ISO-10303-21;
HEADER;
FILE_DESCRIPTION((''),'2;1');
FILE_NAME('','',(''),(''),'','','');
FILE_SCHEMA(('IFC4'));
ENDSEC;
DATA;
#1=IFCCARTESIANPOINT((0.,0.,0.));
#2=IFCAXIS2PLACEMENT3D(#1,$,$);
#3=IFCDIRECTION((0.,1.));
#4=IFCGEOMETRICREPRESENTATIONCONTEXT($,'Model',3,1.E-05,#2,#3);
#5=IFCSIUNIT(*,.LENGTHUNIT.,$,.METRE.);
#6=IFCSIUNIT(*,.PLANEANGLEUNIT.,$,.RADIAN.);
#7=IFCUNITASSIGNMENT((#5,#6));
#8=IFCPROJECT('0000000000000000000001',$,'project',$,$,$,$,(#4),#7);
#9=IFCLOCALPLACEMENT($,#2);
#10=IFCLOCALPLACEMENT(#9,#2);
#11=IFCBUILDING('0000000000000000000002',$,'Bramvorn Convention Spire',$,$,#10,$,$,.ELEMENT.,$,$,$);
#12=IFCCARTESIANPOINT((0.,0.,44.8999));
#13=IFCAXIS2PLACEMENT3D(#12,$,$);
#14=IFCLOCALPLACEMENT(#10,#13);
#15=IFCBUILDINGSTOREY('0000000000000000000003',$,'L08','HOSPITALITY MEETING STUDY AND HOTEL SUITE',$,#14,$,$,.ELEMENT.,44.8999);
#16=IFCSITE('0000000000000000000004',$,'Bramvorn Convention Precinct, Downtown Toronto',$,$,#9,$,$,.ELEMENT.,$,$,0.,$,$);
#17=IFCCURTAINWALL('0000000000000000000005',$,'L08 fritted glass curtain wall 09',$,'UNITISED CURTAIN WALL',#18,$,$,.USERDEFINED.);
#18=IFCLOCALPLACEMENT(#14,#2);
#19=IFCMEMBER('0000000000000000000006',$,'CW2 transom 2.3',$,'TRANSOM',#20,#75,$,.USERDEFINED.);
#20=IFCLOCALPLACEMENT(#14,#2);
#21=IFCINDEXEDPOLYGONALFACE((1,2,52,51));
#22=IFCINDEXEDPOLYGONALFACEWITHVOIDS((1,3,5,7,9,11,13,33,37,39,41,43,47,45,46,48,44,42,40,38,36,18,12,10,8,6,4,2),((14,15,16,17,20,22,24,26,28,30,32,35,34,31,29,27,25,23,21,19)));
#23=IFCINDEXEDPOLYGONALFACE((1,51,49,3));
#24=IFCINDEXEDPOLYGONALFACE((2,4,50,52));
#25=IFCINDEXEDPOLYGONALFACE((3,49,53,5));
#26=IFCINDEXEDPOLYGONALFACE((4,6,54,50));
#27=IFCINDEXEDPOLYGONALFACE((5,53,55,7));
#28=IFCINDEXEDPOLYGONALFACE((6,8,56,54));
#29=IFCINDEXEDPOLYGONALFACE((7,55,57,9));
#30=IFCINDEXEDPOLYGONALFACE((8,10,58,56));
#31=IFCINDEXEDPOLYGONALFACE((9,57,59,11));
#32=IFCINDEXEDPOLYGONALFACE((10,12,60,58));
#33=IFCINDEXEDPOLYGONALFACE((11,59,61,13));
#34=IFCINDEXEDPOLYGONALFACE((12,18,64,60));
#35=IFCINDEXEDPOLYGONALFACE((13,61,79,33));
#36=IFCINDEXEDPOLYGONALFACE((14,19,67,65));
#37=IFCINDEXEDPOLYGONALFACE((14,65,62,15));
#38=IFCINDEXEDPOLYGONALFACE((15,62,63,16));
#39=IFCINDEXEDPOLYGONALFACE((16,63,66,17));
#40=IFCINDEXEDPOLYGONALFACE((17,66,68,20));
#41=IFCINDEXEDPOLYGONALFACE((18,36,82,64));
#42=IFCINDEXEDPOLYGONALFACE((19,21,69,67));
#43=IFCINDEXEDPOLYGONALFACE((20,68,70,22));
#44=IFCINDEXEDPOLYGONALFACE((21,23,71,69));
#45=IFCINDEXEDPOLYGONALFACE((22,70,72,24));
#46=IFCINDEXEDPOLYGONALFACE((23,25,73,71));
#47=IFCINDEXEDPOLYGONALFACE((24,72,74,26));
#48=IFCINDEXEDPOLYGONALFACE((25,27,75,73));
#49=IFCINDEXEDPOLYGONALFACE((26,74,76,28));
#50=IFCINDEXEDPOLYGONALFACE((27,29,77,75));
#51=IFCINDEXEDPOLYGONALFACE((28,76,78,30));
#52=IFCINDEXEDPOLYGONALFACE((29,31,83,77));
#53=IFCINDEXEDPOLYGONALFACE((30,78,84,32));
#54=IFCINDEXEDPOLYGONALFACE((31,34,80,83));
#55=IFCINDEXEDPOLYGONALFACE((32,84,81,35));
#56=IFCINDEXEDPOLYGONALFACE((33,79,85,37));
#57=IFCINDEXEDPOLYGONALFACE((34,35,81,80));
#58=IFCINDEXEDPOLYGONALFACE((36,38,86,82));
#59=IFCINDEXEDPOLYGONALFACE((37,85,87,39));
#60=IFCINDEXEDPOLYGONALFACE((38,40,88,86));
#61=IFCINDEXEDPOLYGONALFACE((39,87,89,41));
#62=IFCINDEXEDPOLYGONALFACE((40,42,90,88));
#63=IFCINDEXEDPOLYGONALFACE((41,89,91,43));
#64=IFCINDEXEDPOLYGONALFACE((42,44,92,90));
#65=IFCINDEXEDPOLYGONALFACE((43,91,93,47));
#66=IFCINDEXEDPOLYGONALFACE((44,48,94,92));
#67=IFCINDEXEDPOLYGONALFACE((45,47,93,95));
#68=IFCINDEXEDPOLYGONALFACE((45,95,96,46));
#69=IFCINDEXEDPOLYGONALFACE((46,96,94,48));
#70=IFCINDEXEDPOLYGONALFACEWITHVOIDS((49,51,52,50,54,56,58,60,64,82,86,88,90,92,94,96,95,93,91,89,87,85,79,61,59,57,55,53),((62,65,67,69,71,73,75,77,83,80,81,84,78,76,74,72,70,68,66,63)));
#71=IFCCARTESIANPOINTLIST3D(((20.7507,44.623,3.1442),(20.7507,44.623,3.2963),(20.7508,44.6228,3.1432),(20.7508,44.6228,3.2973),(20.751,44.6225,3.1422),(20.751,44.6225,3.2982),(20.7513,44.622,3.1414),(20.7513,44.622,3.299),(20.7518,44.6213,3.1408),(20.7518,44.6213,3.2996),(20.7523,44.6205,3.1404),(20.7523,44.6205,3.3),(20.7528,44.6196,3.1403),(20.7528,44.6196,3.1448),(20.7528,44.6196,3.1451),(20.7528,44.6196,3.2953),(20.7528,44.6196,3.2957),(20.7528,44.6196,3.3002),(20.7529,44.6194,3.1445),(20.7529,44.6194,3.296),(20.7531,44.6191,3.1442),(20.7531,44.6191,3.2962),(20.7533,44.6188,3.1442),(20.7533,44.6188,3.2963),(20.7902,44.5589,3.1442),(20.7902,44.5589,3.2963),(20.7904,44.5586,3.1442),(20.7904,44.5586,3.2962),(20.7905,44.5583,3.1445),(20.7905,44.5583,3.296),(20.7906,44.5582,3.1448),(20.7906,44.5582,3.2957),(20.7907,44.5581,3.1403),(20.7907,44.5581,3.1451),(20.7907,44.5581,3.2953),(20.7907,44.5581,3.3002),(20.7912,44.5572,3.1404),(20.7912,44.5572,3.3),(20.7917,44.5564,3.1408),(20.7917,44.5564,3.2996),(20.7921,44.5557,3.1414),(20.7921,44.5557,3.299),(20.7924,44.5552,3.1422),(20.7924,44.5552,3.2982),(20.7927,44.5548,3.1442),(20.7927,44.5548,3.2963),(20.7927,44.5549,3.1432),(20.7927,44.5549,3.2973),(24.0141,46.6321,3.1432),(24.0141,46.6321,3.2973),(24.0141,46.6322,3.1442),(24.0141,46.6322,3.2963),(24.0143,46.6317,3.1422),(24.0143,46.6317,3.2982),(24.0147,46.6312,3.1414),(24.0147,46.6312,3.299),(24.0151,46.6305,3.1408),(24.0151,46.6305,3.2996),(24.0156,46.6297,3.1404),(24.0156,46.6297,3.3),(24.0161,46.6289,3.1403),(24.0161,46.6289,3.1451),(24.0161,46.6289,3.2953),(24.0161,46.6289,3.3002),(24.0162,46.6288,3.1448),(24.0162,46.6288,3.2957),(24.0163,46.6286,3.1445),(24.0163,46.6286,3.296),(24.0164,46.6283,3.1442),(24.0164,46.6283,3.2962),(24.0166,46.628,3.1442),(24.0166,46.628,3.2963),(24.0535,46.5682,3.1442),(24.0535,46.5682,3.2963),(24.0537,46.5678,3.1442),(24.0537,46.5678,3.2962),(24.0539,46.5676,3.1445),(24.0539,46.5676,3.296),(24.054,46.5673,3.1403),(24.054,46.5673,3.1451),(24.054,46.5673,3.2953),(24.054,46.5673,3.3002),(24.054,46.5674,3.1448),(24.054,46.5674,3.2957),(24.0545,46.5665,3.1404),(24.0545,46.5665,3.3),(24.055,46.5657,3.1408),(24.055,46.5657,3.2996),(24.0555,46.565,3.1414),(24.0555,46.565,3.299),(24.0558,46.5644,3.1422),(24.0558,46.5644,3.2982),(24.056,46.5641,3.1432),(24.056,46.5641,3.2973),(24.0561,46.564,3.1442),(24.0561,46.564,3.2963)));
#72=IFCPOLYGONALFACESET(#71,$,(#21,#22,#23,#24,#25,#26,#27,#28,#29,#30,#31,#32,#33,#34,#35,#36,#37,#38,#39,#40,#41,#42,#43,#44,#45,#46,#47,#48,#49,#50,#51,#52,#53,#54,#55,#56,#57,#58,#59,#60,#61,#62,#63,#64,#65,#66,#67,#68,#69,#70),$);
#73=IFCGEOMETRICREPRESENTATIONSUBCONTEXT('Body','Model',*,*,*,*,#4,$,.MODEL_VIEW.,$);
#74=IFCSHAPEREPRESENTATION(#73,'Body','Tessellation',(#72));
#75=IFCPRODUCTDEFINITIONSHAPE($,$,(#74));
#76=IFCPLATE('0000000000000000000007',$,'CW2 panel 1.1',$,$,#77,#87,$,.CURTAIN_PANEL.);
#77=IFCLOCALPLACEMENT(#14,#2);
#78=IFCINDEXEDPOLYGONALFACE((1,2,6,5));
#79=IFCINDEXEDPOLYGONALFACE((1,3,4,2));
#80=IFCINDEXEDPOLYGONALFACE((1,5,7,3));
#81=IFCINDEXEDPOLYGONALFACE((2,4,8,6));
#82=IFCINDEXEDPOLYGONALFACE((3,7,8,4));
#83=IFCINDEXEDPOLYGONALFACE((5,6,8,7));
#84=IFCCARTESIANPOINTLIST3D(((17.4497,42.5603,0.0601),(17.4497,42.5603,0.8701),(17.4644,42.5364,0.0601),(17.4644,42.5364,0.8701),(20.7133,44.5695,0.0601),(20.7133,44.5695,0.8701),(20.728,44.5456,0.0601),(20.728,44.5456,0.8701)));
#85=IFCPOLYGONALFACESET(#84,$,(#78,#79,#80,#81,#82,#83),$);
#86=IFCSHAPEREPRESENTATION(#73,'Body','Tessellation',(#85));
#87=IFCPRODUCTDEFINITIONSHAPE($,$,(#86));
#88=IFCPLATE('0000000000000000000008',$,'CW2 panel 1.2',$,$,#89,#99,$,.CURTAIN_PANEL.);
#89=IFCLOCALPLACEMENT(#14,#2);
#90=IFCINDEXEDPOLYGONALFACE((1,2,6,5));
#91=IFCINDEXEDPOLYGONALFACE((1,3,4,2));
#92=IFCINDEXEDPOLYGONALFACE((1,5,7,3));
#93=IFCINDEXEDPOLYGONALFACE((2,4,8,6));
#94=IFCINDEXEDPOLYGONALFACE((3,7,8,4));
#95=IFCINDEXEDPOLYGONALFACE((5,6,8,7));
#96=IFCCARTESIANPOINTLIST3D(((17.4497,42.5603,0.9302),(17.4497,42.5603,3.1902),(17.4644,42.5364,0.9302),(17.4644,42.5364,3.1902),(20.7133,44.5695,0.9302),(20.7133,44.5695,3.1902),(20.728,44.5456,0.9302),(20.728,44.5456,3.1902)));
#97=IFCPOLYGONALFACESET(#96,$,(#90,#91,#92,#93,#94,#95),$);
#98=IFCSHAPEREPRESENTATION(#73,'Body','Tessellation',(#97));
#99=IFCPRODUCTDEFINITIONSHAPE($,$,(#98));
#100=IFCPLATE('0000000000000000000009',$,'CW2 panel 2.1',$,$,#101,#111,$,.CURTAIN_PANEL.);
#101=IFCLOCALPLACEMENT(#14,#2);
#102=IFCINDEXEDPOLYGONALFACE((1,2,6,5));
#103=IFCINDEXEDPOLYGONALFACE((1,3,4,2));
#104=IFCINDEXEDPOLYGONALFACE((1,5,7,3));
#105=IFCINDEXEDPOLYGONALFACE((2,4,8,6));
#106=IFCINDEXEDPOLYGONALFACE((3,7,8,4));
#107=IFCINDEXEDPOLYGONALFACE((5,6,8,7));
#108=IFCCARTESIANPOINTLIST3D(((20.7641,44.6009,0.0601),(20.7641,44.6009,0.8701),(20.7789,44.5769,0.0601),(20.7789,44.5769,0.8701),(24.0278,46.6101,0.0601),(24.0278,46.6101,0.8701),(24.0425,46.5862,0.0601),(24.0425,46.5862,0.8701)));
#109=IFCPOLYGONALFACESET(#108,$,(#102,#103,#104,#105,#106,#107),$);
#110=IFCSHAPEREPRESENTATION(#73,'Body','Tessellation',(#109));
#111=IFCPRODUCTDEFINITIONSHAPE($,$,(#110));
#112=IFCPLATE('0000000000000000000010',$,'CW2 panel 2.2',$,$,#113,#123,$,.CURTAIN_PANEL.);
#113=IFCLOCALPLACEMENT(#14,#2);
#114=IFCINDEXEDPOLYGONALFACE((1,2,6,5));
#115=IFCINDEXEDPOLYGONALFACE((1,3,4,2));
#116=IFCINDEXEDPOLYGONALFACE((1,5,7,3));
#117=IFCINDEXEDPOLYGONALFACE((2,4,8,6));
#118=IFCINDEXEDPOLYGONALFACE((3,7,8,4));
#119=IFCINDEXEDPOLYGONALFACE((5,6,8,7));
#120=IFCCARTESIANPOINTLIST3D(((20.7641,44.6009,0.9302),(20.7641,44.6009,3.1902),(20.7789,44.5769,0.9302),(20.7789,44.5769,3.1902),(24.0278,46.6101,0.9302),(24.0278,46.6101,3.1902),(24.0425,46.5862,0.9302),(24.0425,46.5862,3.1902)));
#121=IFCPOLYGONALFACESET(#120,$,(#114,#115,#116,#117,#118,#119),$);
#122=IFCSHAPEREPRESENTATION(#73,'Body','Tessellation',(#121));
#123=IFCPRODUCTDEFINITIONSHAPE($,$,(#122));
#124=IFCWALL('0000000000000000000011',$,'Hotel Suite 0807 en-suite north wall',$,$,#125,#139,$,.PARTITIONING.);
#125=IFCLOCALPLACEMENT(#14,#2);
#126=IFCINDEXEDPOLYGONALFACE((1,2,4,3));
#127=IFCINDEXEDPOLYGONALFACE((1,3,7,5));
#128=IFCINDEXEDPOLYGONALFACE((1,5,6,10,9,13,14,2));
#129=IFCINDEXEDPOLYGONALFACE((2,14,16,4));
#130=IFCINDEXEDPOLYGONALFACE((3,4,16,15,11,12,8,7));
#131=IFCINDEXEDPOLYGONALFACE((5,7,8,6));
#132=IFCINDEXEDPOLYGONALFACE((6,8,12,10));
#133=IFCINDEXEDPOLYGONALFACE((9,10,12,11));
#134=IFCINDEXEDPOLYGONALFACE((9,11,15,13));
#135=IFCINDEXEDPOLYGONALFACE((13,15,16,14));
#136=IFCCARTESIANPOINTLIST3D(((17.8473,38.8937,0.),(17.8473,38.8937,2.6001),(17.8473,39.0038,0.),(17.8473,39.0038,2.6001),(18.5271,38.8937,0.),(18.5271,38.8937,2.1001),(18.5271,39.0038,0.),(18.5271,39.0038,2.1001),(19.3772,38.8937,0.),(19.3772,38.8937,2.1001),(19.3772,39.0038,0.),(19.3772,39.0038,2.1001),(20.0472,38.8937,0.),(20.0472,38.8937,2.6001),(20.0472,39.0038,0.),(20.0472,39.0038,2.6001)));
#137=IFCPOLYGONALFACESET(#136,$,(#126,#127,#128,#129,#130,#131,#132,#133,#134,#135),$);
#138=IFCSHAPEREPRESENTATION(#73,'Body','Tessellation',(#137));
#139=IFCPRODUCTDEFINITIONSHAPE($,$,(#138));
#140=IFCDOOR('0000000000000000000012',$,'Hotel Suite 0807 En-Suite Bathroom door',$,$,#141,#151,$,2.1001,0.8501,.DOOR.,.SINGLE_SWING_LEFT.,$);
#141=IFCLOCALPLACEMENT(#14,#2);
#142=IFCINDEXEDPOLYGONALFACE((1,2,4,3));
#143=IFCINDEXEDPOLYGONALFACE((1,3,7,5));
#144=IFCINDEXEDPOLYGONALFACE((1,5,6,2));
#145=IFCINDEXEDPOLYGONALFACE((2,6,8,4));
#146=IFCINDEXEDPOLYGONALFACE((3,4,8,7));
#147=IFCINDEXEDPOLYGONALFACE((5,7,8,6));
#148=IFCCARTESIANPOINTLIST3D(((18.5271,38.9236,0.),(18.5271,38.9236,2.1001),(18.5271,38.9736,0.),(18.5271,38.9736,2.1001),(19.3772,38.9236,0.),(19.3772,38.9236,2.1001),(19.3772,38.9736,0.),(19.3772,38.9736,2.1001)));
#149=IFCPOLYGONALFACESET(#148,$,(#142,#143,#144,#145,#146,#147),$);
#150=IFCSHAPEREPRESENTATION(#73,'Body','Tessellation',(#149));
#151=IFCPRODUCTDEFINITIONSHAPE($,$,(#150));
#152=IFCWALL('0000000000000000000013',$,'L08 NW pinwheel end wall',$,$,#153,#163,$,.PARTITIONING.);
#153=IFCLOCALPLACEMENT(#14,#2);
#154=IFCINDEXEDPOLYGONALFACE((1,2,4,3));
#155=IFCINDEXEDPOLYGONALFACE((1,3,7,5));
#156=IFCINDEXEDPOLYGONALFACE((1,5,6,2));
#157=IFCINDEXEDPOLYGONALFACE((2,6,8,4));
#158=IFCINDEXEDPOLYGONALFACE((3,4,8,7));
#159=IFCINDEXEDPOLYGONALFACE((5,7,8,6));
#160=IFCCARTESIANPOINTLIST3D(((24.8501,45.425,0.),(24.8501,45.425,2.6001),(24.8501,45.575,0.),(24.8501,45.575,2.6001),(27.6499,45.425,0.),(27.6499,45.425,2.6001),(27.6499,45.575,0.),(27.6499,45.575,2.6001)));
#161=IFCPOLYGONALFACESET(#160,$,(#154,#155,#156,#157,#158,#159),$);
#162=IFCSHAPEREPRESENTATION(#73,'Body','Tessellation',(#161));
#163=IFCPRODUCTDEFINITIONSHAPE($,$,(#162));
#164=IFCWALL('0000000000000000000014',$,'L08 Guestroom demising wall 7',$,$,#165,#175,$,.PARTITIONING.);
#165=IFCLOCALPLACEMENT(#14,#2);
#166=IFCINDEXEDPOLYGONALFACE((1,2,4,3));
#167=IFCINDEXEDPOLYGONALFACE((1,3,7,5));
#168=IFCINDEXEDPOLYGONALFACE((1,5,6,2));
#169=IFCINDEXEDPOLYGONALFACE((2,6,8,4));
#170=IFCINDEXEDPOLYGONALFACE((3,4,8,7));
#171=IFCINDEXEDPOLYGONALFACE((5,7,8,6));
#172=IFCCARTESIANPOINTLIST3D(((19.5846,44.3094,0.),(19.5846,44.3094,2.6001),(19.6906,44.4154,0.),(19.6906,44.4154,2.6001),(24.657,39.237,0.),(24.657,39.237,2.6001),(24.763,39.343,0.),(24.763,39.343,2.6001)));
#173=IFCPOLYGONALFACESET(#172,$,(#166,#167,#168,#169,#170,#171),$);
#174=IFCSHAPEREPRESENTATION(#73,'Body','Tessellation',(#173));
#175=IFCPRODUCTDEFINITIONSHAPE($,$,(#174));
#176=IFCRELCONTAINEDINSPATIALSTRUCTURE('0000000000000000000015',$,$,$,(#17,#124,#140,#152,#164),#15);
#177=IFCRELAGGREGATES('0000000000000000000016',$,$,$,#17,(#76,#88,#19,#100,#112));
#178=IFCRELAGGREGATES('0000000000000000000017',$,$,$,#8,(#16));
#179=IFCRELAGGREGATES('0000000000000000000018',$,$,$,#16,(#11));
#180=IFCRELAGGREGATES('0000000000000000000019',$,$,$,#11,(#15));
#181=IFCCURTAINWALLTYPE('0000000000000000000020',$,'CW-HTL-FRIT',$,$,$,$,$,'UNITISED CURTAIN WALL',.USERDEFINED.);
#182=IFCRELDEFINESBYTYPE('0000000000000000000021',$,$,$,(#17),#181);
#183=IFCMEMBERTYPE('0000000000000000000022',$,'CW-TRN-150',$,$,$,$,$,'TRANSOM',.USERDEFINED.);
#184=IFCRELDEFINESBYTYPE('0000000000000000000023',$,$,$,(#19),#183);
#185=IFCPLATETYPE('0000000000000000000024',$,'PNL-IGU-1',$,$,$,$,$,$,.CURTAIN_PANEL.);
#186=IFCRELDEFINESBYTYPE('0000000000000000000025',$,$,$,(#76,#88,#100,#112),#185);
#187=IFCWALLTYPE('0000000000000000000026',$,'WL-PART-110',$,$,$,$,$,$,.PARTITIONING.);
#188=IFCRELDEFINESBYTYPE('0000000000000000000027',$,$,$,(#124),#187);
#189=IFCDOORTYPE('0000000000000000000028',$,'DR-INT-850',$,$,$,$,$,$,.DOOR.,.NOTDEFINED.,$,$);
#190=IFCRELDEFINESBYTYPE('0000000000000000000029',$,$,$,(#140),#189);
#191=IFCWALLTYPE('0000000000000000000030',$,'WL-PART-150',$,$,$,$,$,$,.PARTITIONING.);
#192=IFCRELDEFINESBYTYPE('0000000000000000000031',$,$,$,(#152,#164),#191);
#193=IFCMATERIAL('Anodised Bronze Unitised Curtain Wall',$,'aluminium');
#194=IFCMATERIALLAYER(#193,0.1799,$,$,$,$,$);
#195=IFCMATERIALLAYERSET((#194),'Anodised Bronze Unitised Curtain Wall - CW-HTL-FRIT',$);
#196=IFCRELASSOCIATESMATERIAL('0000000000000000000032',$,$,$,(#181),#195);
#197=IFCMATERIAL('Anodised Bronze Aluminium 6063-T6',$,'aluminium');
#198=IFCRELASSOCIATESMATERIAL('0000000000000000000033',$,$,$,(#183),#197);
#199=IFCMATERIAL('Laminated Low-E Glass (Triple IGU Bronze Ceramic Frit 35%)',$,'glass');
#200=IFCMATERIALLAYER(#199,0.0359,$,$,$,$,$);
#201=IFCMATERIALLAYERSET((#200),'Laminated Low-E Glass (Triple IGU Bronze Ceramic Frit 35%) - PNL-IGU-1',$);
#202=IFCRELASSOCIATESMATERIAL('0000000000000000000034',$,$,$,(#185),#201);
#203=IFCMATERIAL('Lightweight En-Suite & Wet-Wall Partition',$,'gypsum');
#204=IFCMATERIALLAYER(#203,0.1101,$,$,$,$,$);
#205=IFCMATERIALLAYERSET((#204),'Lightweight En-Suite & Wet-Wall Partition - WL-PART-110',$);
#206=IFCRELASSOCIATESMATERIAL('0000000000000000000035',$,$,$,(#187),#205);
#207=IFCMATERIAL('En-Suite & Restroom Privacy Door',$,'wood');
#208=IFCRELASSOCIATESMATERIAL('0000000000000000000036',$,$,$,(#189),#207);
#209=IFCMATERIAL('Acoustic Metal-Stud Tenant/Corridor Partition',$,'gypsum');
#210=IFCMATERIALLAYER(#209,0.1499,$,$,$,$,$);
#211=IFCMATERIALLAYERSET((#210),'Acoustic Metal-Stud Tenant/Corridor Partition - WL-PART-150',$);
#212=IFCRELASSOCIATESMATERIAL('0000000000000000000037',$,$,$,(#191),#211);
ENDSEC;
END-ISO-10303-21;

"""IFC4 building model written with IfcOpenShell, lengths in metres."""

from ifc_helpers import new_model, si_unit, direction, frame, frame_2d, origin, origin_2d, place, context, subcontext, project, spatial, rectangle, hollow_rectangle, extrude, material, layer, layer_set, material_profile, profile_set, type_object, element, fill, aggregate, save


model = new_model("IFC4")

# Units and contexts
model_context = context("Model", 3, precision=1e-05, world=origin(), true_north=direction((0.0, 1.0)))
body_context = subcontext(model_context, "Body", "Model", "MODEL_VIEW")
ifc_project = project(units=[si_unit("LENGTHUNIT", "METRE"), si_unit("PLANEANGLEUNIT", "RADIAN")], contexts=[model_context])

# Site, building, storey
site_placement = place(None, origin())
site = spatial("IfcSite", under=ifc_project, at=site_placement, Name="Bramvorn Convention Precinct, Downtown Toronto", CompositionType="ELEMENT", RefElevation=0.0)
building_placement = place(site_placement, origin())
building = spatial("IfcBuilding", under=site, at=building_placement, Name="Bramvorn Convention Spire", CompositionType="ELEMENT")
storey_placement = place(building_placement, frame((0.0, 0.0, 44.8999)))
storey = spatial("IfcBuildingStorey", under=building, at=storey_placement, Name="L08", Description="HOSPITALITY MEETING STUDY AND HOTEL SUITE", CompositionType="ELEMENT", Elevation=44.8999)

# Shared definitions
ifc_material_1 = material(Name="Anodised Bronze Unitised Curtain Wall", Category="aluminium")
ifc_layer_1 = layer(ifc_material_1, 0.1799)
ifc_layer_set_1 = layer_set([ifc_layer_1], Name="Anodised Bronze Unitised Curtain Wall - CW-HTL-FRIT")
curtain_wall_type = type_object("IfcCurtainWallType", Name="CW-HTL-FRIT", ElementType="UNITISED CURTAIN WALL", PredefinedType="USERDEFINED", material=ifc_layer_set_1)
ifc_material_2 = material(Name="Anodised Bronze Aluminium 6063-T6", Category="aluminium")

# Curtain wall
curtain_wall_1_placement = place(storey_placement, origin())
curtain_wall_1 = element("IfcCurtainWall", 1, at=curtain_wall_1_placement, inside=storey, type_object=curtain_wall_type, Name="L08 fritted glass curtain wall 09", ObjectType="UNITISED CURTAIN WALL", PredefinedType="USERDEFINED")

# Member
ifc_material_profile_1 = material_profile(ifc_material_2, hollow_rectangle(XDim=0.0801, YDim=0.1599, WallThickness=0.0039, InnerFilletRadius=0.001, OuterFilletRadius=0.0039, at=origin_2d()))
ifc_profile_set_1 = profile_set([ifc_material_profile_1], Name="Anodised Bronze Aluminium 6063-T6 - CWT80X160")
member_type_1 = type_object("IfcMemberType", Name="CW-TRN-150", ElementType="TRANSOM", PredefinedType="USERDEFINED", material=ifc_profile_set_1)
member_1_placement = place(storey_placement, frame((20.7717, 44.5889, 3.2202), z_axis=(0.85154, 0.524289, 0.0), x_axis=(-0.524289, 0.85154, 0.0)))
member_1 = element("IfcMember", 2, at=member_1_placement, type_object=member_type_1, Name="CW2 transom 2.3", ObjectType="TRANSOM", PredefinedType="USERDEFINED", context=body_context, shape_type="SweptSolid", body=[
    extrude(hollow_rectangle(XDim=0.0801, YDim=0.1599, WallThickness=0.0039, InnerFilletRadius=0.001, OuterFilletRadius=0.0039, at=origin_2d()), origin(), (0.0, 0.0, 1.0), 3.8323),
])

# Plates
ifc_material_3 = material(Name="Laminated Low-E Glass (Triple IGU Bronze Ceramic Frit 35%)", Category="glass")
ifc_layer_2 = layer(ifc_material_3, 0.0359)
ifc_layer_set_2 = layer_set([ifc_layer_2], Name="Laminated Low-E Glass (Triple IGU Bronze Ceramic Frit 35%) - PNL-IGU-1")
plate_type = type_object("IfcPlateType", Name="PNL-IGU-1", PredefinedType="CURTAIN_PANEL", material=ifc_layer_set_2)
plate_1_placement = place(storey_placement, frame((19.0889, 43.553, 0.0601), z_axis=(0.0, 0.0, 1.0), x_axis=(0.851562, 0.524253, 0.0)))
plate_1 = element("IfcPlate", 3, at=plate_1_placement, type_object=plate_type, Name="CW2 panel 1.1", PredefinedType="CURTAIN_PANEL", context=body_context, shape_type="SweptSolid", body=[
    extrude(rectangle(XDim=3.8325, YDim=0.0281, at=origin_2d()), origin(), (0.0, 0.0, 1.0), 0.8101),
])
plate_2_placement = place(storey_placement, frame((19.0889, 43.553, 0.9302), z_axis=(0.0, 0.0, 1.0), x_axis=(0.851562, 0.524253, 0.0)))
plate_2 = element("IfcPlate", 4, at=plate_2_placement, type_object=plate_type, Name="CW2 panel 1.2", PredefinedType="CURTAIN_PANEL", context=body_context, shape_type="SweptSolid", body=[
    extrude(rectangle(XDim=3.8325, YDim=0.0281, at=origin_2d()), origin(), (0.0, 0.0, 1.0), 2.26),
])
plate_3_placement = place(storey_placement, frame((22.4033, 45.5935, 0.0601), z_axis=(0.0, 0.0, 1.0), x_axis=(0.851562, 0.524253, 0.0)))
plate_3 = element("IfcPlate", 5, at=plate_3_placement, type_object=plate_type, Name="CW2 panel 2.1", PredefinedType="CURTAIN_PANEL", context=body_context, shape_type="SweptSolid", body=[
    extrude(rectangle(XDim=3.8325, YDim=0.0281, at=origin_2d()), origin(), (0.0, 0.0, 1.0), 0.8101),
])
plate_4_placement = place(storey_placement, frame((22.4033, 45.5935, 0.9302), z_axis=(0.0, 0.0, 1.0), x_axis=(0.851562, 0.524253, 0.0)))
plate_4 = element("IfcPlate", 6, at=plate_4_placement, type_object=plate_type, Name="CW2 panel 2.2", PredefinedType="CURTAIN_PANEL", context=body_context, shape_type="SweptSolid", body=[
    extrude(rectangle(XDim=3.8325, YDim=0.0281, at=origin_2d()), origin(), (0.0, 0.0, 1.0), 2.26),
])
aggregate(curtain_wall_1, [plate_1, plate_2, member_1, plate_3, plate_4])

# Wall, opening, door
ifc_material_4 = material(Name="Lightweight En-Suite & Wet-Wall Partition", Category="gypsum")
ifc_layer_3 = layer(ifc_material_4, 0.1101)
ifc_layer_set_3 = layer_set([ifc_layer_3], Name="Lightweight En-Suite & Wet-Wall Partition - WL-PART-110")
wall_type_1 = type_object("IfcWallType", Name="WL-PART-110", PredefinedType="PARTITIONING", material=ifc_layer_set_3)
wall_1_placement = place(storey_placement, frame((17.8472, 38.9487, 0.0), z_axis=(0.0, 0.0, 1.0), x_axis=(1.0, 0.0, 0.0)))
wall_1 = element("IfcWall", 7, at=wall_1_placement, inside=storey, type_object=wall_type_1, Name="Hotel Suite 0807 en-suite north wall", PredefinedType="PARTITIONING", context=body_context, shape_type="SweptSolid", body=[
    extrude(rectangle(XDim=2.2, YDim=0.1101, at=frame_2d((1.1001, 0.0))), origin(), (0.0, 0.0, 1.0), 2.6001),
])
opening_placement = place(wall_1_placement, frame((0.6799, 0.0, 0.0)))
opening = element("IfcOpeningElement", 8, at=opening_placement, cuts=wall_1, PredefinedType="OPENING", context=body_context, shape_type="SweptSolid", body=[
    extrude(rectangle(XDim=0.8501, YDim=2.1001, at=frame_2d((0.425, 1.05))), frame((0.0, 0.0649, 0.0), z_axis=(0.0, -1.0, 0.0), x_axis=(1.0, 0.0, 0.0)), (0.0, 0.0, 1.0), 0.1301),
])
ifc_material_5 = material(Name="En-Suite & Restroom Privacy Door", Category="wood")
door_type = type_object("IfcDoorType", Name="DR-INT-850", OperationType="NOTDEFINED", PredefinedType="DOOR", material=ifc_material_5)
door_placement = place(opening_placement, origin())
door = element("IfcDoor", 9, at=door_placement, inside=storey, type_object=door_type, Name="Hotel Suite 0807 En-Suite Bathroom door", OperationType="SINGLE_SWING_LEFT", OverallHeight=2.1001, OverallWidth=0.8501, PredefinedType="DOOR", context=body_context, shape_type="SweptSolid", body=[
    extrude(rectangle(XDim=0.8501, YDim=2.1001, at=frame_2d((0.425, 1.05))), frame((0.0, 0.0249, 0.0), z_axis=(0.0, -1.0, 0.0), x_axis=(1.0, 0.0, 0.0)), (0.0, 0.0, 1.0), 0.05),
])
fill(opening, door)

# Walls
ifc_material_6 = material(Name="Acoustic Metal-Stud Tenant/Corridor Partition", Category="gypsum")
ifc_layer_4 = layer(ifc_material_6, 0.1499)
ifc_layer_set_4 = layer_set([ifc_layer_4], Name="Acoustic Metal-Stud Tenant/Corridor Partition - WL-PART-150")
wall_type_2 = type_object("IfcWallType", Name="WL-PART-150", PredefinedType="PARTITIONING", material=ifc_layer_set_4)
wall_2_placement = place(storey_placement, frame((24.8501, 45.5, 0.0), z_axis=(0.0, 0.0, 1.0), x_axis=(1.0, 0.0, 0.0)))
element("IfcWall", 10, at=wall_2_placement, inside=storey, type_object=wall_type_2, Name="L08 NW pinwheel end wall", PredefinedType="PARTITIONING", context=body_context, shape_type="SweptSolid", body=[
    extrude(rectangle(XDim=2.7998, YDim=0.1499, at=frame_2d((1.3999, 0.0))), origin(), (0.0, 0.0, 1.0), 2.6001),
])
wall_3_placement = place(storey_placement, frame((24.71, 39.29, 0.0), z_axis=(0.0, 0.0, 1.0), x_axis=(-0.707107, 0.707107, 0.0)))
element("IfcWall", 11, at=wall_3_placement, inside=storey, type_object=wall_type_2, Name="L08 Guestroom demising wall 7", PredefinedType="PARTITIONING", context=body_context, shape_type="SweptSolid", body=[
    extrude(rectangle(XDim=7.1733, YDim=0.1499, at=frame_2d((3.5867, 0.0))), origin(), (0.0, 0.0, 1.0), 2.6001),
])

save(model, "model.ifc")
